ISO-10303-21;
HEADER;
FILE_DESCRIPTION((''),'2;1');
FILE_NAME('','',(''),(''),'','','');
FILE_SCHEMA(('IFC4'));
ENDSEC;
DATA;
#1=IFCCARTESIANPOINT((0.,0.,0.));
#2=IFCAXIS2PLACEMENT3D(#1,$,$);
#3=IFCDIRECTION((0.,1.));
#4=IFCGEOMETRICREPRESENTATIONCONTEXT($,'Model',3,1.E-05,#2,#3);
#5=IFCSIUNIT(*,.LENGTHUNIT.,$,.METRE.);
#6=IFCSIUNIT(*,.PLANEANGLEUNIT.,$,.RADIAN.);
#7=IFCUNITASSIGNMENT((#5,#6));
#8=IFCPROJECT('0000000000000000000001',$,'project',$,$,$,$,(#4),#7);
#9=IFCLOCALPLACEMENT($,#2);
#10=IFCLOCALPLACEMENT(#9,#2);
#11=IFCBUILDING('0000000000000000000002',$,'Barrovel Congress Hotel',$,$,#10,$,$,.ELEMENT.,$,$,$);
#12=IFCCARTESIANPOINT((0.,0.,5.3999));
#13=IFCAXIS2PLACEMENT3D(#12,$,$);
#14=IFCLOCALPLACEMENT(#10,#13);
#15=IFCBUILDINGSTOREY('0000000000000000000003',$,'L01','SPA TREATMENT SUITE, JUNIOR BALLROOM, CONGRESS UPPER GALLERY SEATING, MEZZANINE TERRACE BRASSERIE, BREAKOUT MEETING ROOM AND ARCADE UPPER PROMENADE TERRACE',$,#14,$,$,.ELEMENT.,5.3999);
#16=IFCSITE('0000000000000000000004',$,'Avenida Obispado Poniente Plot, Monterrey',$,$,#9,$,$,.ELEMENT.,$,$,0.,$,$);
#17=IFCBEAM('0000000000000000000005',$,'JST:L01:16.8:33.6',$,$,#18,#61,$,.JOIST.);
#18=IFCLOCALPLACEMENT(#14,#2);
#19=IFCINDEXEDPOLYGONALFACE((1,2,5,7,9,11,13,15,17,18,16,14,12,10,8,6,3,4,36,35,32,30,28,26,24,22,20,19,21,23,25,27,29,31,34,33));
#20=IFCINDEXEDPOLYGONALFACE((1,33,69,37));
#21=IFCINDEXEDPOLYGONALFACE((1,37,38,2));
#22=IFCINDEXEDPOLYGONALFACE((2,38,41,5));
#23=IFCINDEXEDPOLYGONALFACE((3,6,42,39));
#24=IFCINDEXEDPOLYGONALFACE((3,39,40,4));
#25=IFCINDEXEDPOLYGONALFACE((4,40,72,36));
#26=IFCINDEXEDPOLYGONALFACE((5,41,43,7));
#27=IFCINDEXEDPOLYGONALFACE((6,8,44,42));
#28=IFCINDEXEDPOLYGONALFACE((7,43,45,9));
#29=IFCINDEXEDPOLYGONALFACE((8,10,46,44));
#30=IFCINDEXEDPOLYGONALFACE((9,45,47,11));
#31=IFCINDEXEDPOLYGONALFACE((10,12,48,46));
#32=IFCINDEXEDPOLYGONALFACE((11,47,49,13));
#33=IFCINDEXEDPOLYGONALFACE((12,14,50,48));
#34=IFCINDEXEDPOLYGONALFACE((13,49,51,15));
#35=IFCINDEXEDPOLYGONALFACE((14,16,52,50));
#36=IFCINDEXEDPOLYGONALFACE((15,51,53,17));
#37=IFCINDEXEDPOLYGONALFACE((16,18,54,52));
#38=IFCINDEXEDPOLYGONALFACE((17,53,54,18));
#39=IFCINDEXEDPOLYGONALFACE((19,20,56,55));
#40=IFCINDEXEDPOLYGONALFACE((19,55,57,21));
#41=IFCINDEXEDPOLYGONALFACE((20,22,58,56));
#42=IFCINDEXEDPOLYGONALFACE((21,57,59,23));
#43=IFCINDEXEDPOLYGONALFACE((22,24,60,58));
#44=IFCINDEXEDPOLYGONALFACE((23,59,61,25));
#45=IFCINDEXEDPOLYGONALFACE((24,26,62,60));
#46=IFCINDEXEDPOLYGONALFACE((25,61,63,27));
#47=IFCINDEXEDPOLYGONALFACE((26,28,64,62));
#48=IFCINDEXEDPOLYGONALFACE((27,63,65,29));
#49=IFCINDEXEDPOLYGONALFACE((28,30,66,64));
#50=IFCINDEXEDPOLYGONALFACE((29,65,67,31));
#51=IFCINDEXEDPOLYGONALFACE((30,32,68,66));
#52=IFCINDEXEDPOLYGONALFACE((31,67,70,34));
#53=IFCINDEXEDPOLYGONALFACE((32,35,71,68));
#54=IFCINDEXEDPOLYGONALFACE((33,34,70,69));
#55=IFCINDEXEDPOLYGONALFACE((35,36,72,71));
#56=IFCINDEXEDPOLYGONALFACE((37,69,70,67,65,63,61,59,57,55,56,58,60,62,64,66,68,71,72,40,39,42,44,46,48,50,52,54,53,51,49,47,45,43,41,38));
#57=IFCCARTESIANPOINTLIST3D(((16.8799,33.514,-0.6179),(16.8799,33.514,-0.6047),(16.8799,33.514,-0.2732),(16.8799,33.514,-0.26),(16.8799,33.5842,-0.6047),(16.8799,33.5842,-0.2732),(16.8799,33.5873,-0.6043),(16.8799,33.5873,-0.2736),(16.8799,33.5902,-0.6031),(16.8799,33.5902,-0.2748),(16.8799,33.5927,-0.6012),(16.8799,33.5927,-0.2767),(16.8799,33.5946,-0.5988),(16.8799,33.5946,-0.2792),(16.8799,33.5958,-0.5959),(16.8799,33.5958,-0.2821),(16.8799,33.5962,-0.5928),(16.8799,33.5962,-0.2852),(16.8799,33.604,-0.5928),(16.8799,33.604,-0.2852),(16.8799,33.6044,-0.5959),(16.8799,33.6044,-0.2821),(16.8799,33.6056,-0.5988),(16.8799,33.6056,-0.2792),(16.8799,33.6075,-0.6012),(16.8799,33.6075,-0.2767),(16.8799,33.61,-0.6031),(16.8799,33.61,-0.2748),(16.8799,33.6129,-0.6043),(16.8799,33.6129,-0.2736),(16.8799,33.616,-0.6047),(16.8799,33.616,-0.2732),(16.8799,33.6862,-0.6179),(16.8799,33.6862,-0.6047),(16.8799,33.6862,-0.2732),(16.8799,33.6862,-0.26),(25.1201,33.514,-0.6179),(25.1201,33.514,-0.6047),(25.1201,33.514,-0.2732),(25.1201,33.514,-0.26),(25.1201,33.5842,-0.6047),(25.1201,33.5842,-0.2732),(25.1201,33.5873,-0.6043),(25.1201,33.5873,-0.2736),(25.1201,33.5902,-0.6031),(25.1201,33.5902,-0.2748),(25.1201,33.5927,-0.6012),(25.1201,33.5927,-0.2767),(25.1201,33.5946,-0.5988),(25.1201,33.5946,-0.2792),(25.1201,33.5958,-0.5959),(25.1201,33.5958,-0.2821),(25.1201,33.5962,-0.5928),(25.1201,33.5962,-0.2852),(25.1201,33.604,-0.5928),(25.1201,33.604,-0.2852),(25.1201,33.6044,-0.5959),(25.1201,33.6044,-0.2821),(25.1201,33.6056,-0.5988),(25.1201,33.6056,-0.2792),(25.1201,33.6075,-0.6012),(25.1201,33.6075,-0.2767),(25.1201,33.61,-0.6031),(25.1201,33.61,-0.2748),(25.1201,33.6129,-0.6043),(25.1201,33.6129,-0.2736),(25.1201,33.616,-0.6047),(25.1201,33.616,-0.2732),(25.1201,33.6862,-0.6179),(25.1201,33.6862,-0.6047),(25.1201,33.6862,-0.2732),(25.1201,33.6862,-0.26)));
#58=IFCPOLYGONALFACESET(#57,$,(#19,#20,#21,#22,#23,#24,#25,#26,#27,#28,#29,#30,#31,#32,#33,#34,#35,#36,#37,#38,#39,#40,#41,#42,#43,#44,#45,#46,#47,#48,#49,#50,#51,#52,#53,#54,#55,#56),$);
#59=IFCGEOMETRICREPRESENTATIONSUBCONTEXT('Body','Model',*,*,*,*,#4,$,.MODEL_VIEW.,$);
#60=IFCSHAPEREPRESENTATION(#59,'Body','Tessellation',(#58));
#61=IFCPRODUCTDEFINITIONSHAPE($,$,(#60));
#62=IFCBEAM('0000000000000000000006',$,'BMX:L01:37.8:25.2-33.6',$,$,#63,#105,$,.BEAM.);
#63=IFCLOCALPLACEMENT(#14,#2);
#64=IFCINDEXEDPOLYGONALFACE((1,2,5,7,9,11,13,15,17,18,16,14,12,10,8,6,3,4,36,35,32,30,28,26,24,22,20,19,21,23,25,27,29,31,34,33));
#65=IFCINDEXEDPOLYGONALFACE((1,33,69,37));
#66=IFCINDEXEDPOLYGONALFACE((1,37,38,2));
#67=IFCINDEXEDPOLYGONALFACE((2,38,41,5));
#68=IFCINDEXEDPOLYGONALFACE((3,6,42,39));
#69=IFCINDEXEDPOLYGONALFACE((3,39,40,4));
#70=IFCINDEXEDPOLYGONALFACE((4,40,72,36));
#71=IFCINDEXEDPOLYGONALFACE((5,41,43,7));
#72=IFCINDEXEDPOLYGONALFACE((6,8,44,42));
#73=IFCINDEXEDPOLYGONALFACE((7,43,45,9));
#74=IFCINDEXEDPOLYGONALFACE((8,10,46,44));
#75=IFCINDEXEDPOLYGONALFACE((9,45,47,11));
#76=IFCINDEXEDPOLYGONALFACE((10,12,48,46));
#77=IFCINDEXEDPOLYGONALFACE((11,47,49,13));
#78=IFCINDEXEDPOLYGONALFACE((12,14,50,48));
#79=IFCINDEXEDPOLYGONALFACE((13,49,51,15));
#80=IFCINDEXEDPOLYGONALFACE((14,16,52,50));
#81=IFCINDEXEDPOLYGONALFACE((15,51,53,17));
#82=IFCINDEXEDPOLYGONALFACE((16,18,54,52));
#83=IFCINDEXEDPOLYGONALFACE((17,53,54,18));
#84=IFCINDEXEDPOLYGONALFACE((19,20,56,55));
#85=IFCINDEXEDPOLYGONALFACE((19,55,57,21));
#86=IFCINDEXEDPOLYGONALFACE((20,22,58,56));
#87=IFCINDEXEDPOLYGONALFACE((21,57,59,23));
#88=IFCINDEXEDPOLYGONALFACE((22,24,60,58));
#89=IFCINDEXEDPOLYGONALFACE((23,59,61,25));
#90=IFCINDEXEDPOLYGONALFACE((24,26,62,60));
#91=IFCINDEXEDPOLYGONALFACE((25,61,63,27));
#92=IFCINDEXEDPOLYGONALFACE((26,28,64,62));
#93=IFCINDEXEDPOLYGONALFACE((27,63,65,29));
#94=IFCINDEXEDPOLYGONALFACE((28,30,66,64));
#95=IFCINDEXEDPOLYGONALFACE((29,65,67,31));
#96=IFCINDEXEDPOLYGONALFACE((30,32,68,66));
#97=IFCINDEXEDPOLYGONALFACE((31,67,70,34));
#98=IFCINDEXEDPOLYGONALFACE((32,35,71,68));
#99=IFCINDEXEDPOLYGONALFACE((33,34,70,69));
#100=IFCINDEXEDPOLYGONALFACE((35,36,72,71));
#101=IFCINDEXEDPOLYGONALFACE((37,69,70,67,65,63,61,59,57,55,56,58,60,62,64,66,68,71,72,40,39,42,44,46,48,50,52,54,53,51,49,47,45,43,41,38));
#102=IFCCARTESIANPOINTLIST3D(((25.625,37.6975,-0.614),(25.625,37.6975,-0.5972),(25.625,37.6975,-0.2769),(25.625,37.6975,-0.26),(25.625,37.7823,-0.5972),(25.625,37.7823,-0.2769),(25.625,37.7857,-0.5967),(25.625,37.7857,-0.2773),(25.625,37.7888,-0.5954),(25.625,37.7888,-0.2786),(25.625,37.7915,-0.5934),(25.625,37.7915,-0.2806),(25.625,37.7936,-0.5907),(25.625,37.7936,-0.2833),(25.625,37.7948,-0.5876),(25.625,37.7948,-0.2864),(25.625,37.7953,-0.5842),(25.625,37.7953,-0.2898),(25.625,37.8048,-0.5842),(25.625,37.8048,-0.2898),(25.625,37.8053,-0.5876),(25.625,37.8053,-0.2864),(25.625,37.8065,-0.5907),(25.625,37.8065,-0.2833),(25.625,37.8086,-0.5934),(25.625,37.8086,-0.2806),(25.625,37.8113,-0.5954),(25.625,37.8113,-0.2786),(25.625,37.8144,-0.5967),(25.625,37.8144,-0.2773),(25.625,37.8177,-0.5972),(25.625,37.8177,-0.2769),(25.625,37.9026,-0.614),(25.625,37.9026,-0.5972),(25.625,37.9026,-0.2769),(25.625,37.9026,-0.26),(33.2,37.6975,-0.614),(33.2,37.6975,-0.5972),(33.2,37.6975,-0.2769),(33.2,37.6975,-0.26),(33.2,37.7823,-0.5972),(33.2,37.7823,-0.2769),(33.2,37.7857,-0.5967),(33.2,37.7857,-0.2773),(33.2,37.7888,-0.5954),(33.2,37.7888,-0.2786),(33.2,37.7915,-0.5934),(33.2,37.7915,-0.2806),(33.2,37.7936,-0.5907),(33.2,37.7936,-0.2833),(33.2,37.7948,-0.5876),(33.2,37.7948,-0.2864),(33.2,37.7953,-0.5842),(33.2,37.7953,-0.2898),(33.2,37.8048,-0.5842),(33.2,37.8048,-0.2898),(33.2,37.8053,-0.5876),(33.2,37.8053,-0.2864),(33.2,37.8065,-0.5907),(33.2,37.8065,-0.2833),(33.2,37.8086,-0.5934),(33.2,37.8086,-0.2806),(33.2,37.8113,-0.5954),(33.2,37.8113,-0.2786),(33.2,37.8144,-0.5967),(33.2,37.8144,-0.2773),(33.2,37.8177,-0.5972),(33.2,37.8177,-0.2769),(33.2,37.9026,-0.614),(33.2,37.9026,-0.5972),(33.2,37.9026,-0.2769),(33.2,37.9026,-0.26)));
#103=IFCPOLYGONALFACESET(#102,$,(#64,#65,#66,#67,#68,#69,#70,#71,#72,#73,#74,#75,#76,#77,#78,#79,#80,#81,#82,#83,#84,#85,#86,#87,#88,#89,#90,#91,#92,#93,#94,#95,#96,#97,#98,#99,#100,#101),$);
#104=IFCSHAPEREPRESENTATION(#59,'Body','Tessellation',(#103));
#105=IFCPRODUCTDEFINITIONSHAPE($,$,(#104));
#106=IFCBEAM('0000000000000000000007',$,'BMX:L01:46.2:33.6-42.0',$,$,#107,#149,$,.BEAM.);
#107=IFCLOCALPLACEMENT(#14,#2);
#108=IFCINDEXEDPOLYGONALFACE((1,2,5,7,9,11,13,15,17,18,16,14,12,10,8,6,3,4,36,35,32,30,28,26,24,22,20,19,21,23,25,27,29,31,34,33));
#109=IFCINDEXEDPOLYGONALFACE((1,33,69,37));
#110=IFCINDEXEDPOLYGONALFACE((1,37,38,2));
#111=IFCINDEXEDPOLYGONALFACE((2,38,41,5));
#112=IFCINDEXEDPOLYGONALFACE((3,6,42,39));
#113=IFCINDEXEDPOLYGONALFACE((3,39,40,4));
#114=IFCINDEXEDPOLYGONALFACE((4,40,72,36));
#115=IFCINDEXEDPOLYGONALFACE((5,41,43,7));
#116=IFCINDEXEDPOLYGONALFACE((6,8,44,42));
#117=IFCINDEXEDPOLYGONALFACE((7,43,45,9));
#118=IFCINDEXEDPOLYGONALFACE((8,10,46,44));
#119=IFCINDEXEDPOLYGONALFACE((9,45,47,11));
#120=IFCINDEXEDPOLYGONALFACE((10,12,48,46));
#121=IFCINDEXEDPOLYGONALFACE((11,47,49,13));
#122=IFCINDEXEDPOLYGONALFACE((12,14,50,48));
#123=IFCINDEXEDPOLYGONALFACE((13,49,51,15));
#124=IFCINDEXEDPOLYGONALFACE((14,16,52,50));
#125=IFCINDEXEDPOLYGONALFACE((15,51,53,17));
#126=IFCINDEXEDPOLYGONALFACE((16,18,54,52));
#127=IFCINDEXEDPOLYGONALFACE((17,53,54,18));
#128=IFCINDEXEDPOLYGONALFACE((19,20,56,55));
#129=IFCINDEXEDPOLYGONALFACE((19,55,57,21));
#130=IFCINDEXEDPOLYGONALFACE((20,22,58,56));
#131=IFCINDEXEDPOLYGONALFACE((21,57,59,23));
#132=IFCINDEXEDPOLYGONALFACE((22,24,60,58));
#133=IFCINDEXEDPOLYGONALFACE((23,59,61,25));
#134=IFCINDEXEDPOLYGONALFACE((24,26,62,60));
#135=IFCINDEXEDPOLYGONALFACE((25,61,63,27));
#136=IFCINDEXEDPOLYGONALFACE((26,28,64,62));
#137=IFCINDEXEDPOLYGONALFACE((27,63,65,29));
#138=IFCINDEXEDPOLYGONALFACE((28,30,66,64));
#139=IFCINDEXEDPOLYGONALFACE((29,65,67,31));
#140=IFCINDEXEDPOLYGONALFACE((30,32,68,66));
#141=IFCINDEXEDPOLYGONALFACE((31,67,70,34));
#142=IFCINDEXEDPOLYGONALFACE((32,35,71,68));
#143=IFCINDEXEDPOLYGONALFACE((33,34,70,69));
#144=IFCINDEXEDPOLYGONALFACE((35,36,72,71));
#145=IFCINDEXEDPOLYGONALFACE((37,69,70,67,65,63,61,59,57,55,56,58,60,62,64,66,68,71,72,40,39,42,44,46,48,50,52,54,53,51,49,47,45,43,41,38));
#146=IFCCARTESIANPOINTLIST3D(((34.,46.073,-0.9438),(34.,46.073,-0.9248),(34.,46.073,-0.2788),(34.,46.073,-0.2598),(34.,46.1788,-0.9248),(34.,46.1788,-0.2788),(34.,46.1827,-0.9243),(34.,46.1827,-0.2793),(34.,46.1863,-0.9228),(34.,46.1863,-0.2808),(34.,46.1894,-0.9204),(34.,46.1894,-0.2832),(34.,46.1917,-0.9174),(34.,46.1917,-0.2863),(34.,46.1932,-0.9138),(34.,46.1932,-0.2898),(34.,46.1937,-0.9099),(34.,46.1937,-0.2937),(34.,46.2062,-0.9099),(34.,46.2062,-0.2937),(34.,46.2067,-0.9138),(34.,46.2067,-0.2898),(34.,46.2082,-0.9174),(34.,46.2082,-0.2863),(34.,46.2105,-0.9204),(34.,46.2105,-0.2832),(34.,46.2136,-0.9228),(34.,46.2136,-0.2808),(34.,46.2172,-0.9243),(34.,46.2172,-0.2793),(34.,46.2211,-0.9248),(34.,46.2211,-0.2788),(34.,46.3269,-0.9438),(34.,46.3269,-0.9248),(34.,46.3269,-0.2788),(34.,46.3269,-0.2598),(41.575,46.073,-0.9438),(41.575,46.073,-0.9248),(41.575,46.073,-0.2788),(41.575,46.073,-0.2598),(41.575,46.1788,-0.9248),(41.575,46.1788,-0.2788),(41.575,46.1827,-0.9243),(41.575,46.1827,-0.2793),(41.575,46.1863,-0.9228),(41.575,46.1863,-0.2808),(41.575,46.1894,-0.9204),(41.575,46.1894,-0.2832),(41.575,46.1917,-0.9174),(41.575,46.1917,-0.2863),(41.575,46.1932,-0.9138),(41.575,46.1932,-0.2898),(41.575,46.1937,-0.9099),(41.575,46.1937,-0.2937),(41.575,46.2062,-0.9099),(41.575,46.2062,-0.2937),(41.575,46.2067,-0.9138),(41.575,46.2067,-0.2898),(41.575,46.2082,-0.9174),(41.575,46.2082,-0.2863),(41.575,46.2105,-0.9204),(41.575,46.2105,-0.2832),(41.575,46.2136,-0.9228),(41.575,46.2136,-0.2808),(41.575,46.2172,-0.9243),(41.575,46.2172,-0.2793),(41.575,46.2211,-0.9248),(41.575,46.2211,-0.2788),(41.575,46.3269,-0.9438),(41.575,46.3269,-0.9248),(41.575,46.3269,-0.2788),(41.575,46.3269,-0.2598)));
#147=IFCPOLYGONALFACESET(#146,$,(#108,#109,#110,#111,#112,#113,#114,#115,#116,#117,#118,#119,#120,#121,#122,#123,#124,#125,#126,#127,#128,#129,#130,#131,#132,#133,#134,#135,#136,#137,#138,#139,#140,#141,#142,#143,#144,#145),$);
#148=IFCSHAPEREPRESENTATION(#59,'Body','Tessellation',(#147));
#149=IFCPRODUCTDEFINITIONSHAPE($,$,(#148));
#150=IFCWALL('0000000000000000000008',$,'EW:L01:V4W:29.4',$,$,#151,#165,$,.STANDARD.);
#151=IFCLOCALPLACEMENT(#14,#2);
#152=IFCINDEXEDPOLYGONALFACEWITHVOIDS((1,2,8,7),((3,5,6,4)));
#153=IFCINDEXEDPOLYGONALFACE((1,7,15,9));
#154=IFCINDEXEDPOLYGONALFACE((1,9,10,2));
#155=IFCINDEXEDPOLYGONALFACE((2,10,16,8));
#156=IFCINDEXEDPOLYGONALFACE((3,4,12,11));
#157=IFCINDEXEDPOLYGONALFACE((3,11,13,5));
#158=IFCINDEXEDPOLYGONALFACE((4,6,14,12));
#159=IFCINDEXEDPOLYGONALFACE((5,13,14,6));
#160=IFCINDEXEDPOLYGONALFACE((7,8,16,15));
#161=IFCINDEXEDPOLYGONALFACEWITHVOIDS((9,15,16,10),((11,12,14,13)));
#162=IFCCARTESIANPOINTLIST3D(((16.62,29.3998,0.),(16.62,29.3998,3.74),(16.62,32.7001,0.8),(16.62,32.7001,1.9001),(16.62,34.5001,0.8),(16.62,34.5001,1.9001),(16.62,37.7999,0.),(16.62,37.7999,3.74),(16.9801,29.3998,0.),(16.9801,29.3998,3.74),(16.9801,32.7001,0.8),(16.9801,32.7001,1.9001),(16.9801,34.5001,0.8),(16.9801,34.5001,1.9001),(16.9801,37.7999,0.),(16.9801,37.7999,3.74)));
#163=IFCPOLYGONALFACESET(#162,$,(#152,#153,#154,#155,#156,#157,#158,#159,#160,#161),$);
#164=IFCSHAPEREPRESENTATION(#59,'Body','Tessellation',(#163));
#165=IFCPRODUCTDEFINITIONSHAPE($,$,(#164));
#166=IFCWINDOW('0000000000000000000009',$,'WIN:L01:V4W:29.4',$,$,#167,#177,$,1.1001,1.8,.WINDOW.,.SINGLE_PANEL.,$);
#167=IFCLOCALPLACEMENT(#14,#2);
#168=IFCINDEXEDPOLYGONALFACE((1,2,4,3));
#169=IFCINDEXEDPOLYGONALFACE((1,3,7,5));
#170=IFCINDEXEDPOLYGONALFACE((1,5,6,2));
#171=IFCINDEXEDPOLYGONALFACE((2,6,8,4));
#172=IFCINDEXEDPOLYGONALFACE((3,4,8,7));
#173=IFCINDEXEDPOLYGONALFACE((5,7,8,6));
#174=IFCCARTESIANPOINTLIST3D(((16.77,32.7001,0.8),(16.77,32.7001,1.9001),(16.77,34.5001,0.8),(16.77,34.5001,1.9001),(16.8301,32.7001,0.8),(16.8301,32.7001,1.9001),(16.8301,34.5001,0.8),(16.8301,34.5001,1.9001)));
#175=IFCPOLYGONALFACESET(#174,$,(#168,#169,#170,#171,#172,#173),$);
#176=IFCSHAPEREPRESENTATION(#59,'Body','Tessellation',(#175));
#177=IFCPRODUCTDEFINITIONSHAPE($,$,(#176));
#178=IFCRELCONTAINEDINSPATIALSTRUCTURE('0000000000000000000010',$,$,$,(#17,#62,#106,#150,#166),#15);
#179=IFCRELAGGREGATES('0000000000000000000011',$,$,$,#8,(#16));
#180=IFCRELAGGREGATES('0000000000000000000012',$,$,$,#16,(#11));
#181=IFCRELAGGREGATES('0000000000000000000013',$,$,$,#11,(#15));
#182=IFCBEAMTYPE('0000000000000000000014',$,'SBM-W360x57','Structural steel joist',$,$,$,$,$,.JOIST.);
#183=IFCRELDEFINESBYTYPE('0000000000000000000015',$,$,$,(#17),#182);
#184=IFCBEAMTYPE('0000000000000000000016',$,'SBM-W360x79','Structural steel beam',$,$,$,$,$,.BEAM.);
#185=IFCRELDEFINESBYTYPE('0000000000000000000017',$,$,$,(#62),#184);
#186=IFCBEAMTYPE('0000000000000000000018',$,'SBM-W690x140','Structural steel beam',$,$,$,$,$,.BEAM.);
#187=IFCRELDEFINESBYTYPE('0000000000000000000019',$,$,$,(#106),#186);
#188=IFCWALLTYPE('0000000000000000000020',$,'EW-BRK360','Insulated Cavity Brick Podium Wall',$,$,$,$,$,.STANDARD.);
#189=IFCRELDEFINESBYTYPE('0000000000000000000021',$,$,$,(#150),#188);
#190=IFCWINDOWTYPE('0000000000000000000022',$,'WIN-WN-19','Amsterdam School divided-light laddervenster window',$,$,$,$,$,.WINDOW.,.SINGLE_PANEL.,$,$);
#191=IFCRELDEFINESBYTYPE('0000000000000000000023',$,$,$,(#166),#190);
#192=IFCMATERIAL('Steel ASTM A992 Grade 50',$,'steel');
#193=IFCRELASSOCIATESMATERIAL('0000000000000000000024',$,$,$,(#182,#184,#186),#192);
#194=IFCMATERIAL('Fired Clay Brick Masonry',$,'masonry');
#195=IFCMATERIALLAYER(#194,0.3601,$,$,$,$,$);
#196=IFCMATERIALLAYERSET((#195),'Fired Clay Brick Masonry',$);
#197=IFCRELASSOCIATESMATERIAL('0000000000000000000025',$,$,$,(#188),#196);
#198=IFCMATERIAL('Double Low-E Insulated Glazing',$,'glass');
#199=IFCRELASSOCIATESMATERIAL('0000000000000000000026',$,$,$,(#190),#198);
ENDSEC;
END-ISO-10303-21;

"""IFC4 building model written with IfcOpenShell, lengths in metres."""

from ifc_helpers import new_model, si_unit, direction, frame, frame_2d, origin, origin_2d, place, context, subcontext, project, spatial, rectangle, i_section, extrude, material, layer, layer_set, material_profile, profile_set, type_object, element, fill, save


model = new_model("IFC4")

# Units and contexts
model_context = context("Model", 3, precision=1e-05, world=origin(), true_north=direction((0.0, 1.0)))
body_context = subcontext(model_context, "Body", "Model", "MODEL_VIEW")
ifc_project = project(units=[si_unit("LENGTHUNIT", "METRE"), si_unit("PLANEANGLEUNIT", "RADIAN")], contexts=[model_context])

# Site, building, storey
site_placement = place(None, origin())
site = spatial("IfcSite", under=ifc_project, at=site_placement, Name="Avenida Obispado Poniente Plot, Monterrey", CompositionType="ELEMENT", RefElevation=0.0)
building_placement = place(site_placement, origin())
building = spatial("IfcBuilding", under=site, at=building_placement, Name="Barrovel Congress Hotel", CompositionType="ELEMENT")
storey_placement = place(building_placement, frame((0.0, 0.0, 5.3999)))
storey = spatial("IfcBuildingStorey", under=building, at=storey_placement, Name="L01", Description="SPA TREATMENT SUITE, JUNIOR BALLROOM, CONGRESS UPPER GALLERY SEATING, MEZZANINE TERRACE BRASSERIE, BREAKOUT MEETING ROOM AND ARCADE UPPER PROMENADE TERRACE", CompositionType="ELEMENT", Elevation=5.3999)

# Beams
ifc_material_1 = material(Name="Steel ASTM A992 Grade 50", Category="steel")
ifc_material_profile_1 = material_profile(ifc_material_1, i_section(OverallWidth=0.1721, OverallDepth=0.3579, WebThickness=0.0078, FlangeThickness=0.0132, FilletRadius=0.012, at=origin_2d()), Name="W360x57")
ifc_profile_set_1 = profile_set([ifc_material_profile_1], Name="Steel ASTM A992 Grade 50")
beam_type_1 = type_object("IfcBeamType", Name="SBM-W360x57", Description="Structural steel joist", PredefinedType="JOIST", material=ifc_profile_set_1)
beam_1_placement = place(storey_placement, frame((16.8799, 33.6001, -0.439), z_axis=(1.0, 0.0, 0.0), x_axis=(0.0, 1.0, 0.0)))
element("IfcBeam", 1, at=beam_1_placement, inside=storey, type_object=beam_type_1, Name="JST:L01:16.8:33.6", PredefinedType="JOIST", context=body_context, shape_type="SweptSolid", body=[
    extrude(i_section(OverallWidth=0.1721, OverallDepth=0.3579, WebThickness=0.0078, FlangeThickness=0.0132, FilletRadius=0.012, at=origin_2d()), origin(), (0.0, 0.0, 1.0), 8.2402),
])
ifc_material_profile_2 = material_profile(ifc_material_1, i_section(OverallWidth=0.2051, OverallDepth=0.354, WebThickness=0.0095, FlangeThickness=0.0168, FilletRadius=0.0129, at=origin_2d()), Name="W360x79")
ifc_profile_set_2 = profile_set([ifc_material_profile_2], Name="Steel ASTM A992 Grade 50")
beam_type_2 = type_object("IfcBeamType", Name="SBM-W360x79", Description="Structural steel beam", PredefinedType="BEAM", material=ifc_profile_set_2)
beam_2_placement = place(storey_placement, frame((25.625, 37.8, -0.437), z_axis=(1.0, 0.0, 0.0), x_axis=(0.0, 1.0, 0.0)))
element("IfcBeam", 2, at=beam_2_placement, inside=storey, type_object=beam_type_2, Name="BMX:L01:37.8:25.2-33.6", PredefinedType="BEAM", context=body_context, shape_type="SweptSolid", body=[
    extrude(i_section(OverallWidth=0.2051, OverallDepth=0.354, WebThickness=0.0095, FlangeThickness=0.0168, FilletRadius=0.0129, at=origin_2d()), origin(), (0.0, 0.0, 1.0), 7.575),
])
ifc_material_profile_3 = material_profile(ifc_material_1, i_section(OverallWidth=0.2539, OverallDepth=0.6841, WebThickness=0.0125, FlangeThickness=0.019, FilletRadius=0.0149, at=origin_2d()), Name="W690x140")
ifc_profile_set_3 = profile_set([ifc_material_profile_3], Name="Steel ASTM A992 Grade 50")
beam_type_3 = type_object("IfcBeamType", Name="SBM-W690x140", Description="Structural steel beam", PredefinedType="BEAM", material=ifc_profile_set_3)
beam_3_placement = place(storey_placement, frame((34.0, 46.2, -0.6018), z_axis=(1.0, 0.0, 0.0), x_axis=(0.0, 1.0, 0.0)))
element("IfcBeam", 3, at=beam_3_placement, inside=storey, type_object=beam_type_3, Name="BMX:L01:46.2:33.6-42.0", PredefinedType="BEAM", context=body_context, shape_type="SweptSolid", body=[
    extrude(i_section(OverallWidth=0.2539, OverallDepth=0.6841, WebThickness=0.0125, FlangeThickness=0.019, FilletRadius=0.0149, at=origin_2d()), origin(), (0.0, 0.0, 1.0), 7.575),
])

# Wall, opening, window
ifc_material_2 = material(Name="Fired Clay Brick Masonry", Category="masonry")
ifc_layer_1 = layer(ifc_material_2, 0.3601)
ifc_layer_set_1 = layer_set([ifc_layer_1], Name="Fired Clay Brick Masonry")
wall_type_1 = type_object("IfcWallType", Name="EW-BRK360", Description="Insulated Cavity Brick Podium Wall", PredefinedType="STANDARD", material=ifc_layer_set_1)
wall_1_placement = place(storey_placement, frame((16.8, 37.8, 0.0), z_axis=(0.0, 0.0, 1.0), x_axis=(0.0, -1.0, 0.0)))
wall_1 = element("IfcWall", 4, at=wall_1_placement, inside=storey, type_object=wall_type_1, Name="EW:L01:V4W:29.4", PredefinedType="STANDARD", context=body_context, shape_type="SweptSolid", body=[
    extrude(rectangle(XDim=8.4001, YDim=0.3601, at=frame_2d((4.2002, 0.0))), origin(), (0.0, 0.0, 1.0), 3.74),
])
opening_1_placement = place(wall_1_placement, frame((3.3, 0.0, 0.8)))
opening_1 = element("IfcOpeningElement", 5, at=opening_1_placement, cuts=wall_1, PredefinedType="OPENING", context=body_context, shape_type="SweptSolid", body=[
    extrude(rectangle(XDim=1.8, YDim=1.1001, at=frame_2d((0.8999, 0.55))), frame((0.0, 0.1899, 0.0), z_axis=(0.0, -1.0, 0.0), x_axis=(1.0, 0.0, 0.0)), (0.0, 0.0, 1.0), 0.3801),
])
ifc_material_3 = material(Name="Double Low-E Insulated Glazing", Category="glass")
window_type = type_object("IfcWindowType", Name="WIN-WN-19", Description="Amsterdam School divided-light laddervenster window", PartitioningType="SINGLE_PANEL", PredefinedType="WINDOW", material=ifc_material_3)
window_placement = place(opening_1_placement, origin())
window = element("IfcWindow", 6, at=window_placement, inside=storey, type_object=window_type, Name="WIN:L01:V4W:29.4", OverallHeight=1.1001, OverallWidth=1.8, PartitioningType="SINGLE_PANEL", PredefinedType="WINDOW", context=body_context, shape_type="SweptSolid", body=[
    extrude(rectangle(XDim=1.8, YDim=1.1001, at=frame_2d((0.8999, 0.55))), frame((0.0, 0.03, 0.0), z_axis=(0.0, -1.0, 0.0), x_axis=(1.0, 0.0, 0.0)), (0.0, 0.0, 1.0), 0.0601),
])
fill(opening_1, window)

save(model, "model.ifc")
